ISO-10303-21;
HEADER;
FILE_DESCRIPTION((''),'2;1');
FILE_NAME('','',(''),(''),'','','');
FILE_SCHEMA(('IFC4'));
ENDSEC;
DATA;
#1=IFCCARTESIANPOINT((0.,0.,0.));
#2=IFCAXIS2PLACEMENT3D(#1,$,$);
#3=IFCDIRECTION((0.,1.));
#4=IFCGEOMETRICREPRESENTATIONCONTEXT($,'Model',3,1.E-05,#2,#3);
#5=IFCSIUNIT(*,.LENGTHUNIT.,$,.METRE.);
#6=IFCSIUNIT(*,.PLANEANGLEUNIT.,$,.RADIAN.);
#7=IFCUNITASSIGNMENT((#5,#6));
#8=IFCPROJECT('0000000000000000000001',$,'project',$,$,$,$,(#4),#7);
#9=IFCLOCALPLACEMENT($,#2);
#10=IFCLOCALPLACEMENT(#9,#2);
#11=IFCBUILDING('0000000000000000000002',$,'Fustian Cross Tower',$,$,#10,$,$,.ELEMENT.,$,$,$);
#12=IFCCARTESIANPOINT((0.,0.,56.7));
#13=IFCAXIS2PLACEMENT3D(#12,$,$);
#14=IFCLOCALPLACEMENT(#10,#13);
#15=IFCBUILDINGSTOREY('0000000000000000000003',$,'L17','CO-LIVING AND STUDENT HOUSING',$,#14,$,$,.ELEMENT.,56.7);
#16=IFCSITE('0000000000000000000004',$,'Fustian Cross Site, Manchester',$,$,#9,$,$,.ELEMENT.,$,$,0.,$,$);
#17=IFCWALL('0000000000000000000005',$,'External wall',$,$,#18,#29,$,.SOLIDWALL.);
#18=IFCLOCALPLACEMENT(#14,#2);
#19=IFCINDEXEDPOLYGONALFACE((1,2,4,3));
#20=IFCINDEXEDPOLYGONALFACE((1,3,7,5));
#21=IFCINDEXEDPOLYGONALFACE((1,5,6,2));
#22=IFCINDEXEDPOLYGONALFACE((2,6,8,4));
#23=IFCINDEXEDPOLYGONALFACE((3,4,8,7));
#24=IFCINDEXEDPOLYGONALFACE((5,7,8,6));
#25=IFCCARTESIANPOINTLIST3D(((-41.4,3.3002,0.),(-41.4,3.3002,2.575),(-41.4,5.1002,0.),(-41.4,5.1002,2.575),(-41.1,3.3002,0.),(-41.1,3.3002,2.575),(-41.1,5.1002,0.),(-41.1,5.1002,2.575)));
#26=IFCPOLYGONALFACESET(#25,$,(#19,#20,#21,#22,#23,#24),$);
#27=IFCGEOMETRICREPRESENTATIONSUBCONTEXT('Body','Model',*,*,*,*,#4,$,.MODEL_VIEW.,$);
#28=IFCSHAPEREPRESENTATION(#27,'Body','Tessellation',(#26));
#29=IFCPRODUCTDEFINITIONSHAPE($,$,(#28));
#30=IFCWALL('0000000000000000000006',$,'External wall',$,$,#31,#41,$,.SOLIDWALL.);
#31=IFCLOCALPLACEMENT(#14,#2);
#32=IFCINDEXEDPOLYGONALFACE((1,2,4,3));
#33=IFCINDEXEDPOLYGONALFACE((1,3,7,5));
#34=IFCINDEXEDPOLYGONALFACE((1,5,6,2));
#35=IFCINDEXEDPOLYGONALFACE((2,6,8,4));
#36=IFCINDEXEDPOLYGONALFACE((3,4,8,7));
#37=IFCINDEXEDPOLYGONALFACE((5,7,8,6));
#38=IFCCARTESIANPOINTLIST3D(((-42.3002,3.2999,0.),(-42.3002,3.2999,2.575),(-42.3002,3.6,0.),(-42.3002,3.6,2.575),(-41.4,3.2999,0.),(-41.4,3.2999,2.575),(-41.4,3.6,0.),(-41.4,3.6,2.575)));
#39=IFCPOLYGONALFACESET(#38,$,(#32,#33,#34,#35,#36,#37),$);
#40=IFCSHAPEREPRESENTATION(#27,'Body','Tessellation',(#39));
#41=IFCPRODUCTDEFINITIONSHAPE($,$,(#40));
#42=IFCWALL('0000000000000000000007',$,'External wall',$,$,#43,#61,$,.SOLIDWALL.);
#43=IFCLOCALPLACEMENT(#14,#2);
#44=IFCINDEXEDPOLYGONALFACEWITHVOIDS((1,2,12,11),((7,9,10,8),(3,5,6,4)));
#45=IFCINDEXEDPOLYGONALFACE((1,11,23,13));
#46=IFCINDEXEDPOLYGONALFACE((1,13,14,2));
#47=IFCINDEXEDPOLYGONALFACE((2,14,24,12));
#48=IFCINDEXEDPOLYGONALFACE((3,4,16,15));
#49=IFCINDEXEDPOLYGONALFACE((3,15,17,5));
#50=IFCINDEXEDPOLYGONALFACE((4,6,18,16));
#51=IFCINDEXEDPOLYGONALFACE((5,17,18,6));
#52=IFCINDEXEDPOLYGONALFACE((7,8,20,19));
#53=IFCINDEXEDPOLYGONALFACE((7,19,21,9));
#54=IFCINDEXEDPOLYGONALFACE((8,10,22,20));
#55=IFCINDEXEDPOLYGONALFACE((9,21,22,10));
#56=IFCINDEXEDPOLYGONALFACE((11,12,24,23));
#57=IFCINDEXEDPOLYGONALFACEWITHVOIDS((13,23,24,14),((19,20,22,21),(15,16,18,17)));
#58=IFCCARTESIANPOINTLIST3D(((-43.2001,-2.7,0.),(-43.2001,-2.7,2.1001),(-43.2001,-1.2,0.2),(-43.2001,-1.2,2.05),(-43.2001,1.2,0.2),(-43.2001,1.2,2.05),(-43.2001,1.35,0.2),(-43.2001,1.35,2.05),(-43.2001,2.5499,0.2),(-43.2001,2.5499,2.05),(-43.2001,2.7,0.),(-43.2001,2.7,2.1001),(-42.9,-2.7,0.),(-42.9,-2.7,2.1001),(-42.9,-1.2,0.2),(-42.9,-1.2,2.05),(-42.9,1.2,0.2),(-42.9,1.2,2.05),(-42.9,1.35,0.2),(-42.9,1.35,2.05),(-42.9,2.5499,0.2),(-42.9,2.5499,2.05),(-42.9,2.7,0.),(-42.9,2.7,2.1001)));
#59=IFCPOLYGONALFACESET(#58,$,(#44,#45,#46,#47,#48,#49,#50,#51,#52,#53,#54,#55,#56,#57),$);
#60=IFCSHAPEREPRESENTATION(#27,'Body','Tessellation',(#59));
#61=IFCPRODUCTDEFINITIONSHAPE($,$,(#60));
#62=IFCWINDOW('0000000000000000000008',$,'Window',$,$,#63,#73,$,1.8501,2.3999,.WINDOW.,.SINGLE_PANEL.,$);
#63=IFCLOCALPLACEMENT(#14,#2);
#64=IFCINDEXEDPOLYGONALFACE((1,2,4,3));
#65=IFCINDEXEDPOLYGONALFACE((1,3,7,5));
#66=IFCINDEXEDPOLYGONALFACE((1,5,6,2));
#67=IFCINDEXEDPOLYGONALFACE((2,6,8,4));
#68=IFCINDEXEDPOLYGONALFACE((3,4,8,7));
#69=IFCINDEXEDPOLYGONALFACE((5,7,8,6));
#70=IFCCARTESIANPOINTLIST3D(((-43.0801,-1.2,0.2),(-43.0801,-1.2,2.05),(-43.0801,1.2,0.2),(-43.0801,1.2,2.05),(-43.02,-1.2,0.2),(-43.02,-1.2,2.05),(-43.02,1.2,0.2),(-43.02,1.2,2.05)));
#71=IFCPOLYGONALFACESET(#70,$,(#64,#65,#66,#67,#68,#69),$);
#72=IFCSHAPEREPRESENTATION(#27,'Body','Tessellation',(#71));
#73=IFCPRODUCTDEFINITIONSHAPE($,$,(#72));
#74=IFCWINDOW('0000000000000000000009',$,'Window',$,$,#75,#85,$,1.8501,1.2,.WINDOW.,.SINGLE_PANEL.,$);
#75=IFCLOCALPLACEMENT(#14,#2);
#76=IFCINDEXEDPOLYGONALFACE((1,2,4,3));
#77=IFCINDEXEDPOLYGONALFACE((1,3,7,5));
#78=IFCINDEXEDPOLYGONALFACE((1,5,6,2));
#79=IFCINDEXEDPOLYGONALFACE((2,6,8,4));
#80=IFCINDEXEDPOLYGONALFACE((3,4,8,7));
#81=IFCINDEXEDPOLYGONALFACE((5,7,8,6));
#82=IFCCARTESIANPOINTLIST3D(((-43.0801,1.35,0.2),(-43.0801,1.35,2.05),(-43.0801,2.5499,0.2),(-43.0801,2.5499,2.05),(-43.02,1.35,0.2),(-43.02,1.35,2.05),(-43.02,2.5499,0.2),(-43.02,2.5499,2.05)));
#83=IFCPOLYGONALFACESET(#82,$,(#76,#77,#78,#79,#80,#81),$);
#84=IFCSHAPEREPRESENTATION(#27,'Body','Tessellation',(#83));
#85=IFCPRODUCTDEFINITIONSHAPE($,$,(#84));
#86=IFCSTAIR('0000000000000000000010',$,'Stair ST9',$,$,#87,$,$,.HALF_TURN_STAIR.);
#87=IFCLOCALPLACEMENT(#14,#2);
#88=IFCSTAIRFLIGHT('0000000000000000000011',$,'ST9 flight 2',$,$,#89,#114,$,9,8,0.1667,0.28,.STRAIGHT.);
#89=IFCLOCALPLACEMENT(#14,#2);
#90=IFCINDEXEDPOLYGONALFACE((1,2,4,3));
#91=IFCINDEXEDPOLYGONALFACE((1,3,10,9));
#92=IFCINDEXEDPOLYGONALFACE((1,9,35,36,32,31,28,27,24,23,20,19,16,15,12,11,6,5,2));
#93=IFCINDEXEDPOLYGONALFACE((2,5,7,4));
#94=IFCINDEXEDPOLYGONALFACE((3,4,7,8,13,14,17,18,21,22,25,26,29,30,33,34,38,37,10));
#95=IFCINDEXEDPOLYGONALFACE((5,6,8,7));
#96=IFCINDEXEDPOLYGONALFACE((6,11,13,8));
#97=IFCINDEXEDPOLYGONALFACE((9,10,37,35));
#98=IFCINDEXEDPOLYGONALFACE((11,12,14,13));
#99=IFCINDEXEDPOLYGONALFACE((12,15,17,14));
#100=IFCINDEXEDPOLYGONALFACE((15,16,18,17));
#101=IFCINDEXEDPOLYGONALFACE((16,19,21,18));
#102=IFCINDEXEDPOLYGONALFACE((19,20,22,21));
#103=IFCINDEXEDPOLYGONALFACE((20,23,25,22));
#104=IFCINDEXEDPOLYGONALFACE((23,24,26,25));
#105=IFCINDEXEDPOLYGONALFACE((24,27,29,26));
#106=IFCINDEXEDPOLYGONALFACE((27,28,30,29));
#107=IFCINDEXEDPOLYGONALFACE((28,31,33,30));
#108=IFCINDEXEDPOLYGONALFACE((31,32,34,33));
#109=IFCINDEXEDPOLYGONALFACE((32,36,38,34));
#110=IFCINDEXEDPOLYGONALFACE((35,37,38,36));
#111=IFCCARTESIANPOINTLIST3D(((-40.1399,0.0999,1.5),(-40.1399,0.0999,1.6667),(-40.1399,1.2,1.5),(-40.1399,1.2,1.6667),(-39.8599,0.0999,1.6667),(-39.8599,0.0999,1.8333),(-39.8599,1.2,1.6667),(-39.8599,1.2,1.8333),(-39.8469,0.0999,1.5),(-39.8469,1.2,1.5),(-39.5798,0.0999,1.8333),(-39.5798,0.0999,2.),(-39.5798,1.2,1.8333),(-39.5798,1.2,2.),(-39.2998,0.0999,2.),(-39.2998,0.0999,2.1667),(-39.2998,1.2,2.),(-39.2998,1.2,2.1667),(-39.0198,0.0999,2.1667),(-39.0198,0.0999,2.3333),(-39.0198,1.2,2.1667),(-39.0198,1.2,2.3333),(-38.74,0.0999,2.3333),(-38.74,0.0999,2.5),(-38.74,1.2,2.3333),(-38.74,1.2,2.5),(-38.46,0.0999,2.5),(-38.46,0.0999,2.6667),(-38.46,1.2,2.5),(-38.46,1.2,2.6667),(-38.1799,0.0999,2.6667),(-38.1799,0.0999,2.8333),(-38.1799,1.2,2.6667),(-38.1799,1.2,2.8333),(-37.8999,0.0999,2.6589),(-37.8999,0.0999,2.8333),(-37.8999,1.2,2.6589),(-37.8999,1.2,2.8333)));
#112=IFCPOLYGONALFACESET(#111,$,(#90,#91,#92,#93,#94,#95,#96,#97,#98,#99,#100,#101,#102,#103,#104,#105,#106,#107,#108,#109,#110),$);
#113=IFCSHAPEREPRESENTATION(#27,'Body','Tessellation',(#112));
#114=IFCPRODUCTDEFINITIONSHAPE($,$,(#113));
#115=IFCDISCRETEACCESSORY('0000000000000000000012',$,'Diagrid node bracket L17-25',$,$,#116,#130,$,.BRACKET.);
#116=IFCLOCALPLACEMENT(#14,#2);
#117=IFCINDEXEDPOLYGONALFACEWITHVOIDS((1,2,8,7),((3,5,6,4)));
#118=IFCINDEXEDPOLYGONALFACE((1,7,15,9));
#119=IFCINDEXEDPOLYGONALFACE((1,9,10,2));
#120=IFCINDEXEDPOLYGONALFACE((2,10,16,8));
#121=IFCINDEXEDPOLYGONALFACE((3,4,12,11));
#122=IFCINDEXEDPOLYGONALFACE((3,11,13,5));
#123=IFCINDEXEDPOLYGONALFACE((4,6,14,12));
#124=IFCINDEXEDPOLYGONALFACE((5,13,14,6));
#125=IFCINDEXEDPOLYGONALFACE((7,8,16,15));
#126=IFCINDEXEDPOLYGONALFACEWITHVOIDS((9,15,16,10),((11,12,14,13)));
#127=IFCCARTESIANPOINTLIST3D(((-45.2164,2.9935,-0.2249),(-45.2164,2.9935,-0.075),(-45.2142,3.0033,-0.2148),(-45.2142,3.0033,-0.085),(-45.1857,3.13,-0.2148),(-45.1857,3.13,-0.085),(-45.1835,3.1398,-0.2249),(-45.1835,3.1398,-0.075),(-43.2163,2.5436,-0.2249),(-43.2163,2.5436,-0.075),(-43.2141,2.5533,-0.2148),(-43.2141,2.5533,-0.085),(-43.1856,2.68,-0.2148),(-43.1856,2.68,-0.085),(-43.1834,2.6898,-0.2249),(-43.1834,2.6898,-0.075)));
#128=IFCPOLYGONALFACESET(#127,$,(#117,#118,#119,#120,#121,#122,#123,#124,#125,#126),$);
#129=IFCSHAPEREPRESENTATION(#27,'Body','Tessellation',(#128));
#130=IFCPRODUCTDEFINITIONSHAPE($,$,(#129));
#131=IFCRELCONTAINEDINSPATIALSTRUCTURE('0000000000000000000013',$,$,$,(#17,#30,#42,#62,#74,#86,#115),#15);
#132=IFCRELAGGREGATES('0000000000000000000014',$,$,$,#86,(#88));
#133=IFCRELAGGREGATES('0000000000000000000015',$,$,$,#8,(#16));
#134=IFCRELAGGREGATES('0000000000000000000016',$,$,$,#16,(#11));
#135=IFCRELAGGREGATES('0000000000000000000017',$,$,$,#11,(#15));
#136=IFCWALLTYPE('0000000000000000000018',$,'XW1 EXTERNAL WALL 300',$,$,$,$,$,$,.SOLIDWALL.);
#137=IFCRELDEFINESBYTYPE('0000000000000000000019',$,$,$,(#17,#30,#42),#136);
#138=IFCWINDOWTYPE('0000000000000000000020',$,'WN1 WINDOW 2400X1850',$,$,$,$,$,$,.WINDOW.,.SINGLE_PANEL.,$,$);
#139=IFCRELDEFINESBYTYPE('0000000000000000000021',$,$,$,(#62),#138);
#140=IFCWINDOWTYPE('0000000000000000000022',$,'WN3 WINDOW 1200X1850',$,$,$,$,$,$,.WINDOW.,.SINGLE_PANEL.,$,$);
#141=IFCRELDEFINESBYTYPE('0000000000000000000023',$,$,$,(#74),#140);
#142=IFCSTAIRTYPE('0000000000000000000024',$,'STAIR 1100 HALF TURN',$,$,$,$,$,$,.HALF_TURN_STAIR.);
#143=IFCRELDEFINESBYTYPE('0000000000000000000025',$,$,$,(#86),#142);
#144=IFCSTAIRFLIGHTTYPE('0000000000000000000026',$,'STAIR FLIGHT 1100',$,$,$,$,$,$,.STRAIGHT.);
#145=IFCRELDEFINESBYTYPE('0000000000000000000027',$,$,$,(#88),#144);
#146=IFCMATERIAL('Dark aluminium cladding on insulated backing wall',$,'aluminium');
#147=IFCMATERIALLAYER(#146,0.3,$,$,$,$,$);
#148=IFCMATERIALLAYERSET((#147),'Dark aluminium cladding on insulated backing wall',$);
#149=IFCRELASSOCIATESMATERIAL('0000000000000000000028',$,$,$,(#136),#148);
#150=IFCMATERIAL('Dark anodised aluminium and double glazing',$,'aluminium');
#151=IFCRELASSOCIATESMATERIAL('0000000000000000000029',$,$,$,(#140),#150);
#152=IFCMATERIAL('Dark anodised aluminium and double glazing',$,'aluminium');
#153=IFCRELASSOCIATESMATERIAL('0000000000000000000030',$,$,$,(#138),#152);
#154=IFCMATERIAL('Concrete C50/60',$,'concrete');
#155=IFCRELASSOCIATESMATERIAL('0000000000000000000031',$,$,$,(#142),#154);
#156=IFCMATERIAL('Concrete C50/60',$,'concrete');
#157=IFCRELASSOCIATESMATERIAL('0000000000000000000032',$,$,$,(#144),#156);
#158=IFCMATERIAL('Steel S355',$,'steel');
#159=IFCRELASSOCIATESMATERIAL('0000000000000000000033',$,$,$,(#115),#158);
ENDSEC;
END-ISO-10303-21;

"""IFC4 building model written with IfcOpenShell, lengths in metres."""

from ifc_helpers import new_model, si_unit, direction, frame, frame_2d, origin, origin_2d, place, context, subcontext, project, spatial, polyline, rectangle, hollow_rectangle, outline, extrude, material, layer, layer_set, type_object, element, fill, aggregate, save


model = new_model("IFC4")

# Units and contexts
model_context = context("Model", 3, precision=1e-05, world=origin(), true_north=direction((0.0, 1.0)))
body_context = subcontext(model_context, "Body", "Model", "MODEL_VIEW")
ifc_project = project(units=[si_unit("LENGTHUNIT", "METRE"), si_unit("PLANEANGLEUNIT", "RADIAN")], contexts=[model_context])

# Site, building, storey
site_placement = place(None, origin())
site = spatial("IfcSite", under=ifc_project, at=site_placement, Name="Fustian Cross Site, Manchester", CompositionType="ELEMENT", RefElevation=0.0)
building_placement = place(site_placement, origin())
building = spatial("IfcBuilding", under=site, at=building_placement, Name="Fustian Cross Tower", CompositionType="ELEMENT")
storey_placement = place(building_placement, frame((0.0, 0.0, 56.7)))
storey = spatial("IfcBuildingStorey", under=building, at=storey_placement, Name="L17", Description="CO-LIVING AND STUDENT HOUSING", CompositionType="ELEMENT", Elevation=56.7)

# Shared definitions
ifc_material_1 = material(Name="Dark aluminium cladding on insulated backing wall", Category="aluminium")
ifc_layer_1 = layer(ifc_material_1, 0.3)
ifc_layer_set_1 = layer_set([ifc_layer_1], Name="Dark aluminium cladding on insulated backing wall")
wall_type_1 = type_object("IfcWallType", Name="XW1 EXTERNAL WALL 300", PredefinedType="SOLIDWALL", material=ifc_layer_set_1)

# Shared definitions
ifc_material_2 = material(Name="Dark anodised aluminium and double glazing", Category="aluminium")
window_type_1 = type_object("IfcWindowType", Name="WN3 WINDOW 1200X1850", PartitioningType="SINGLE_PANEL", PredefinedType="WINDOW", material=ifc_material_2)

# Walls
wall_1_placement = place(storey_placement, frame((-41.25, 5.1001, 0.0), z_axis=(0.0, 0.0, 1.0), x_axis=(0.0, -1.0, 0.0)))
element("IfcWall", 1, at=wall_1_placement, inside=storey, type_object=wall_type_1, Name="External wall", PredefinedType="SOLIDWALL", context=body_context, shape_type="SweptSolid", body=[
    extrude(rectangle(XDim=1.8, YDim=0.3, at=frame_2d((0.8999, 0.0))), origin(), (0.0, 0.0, 1.0), 2.575),
])
wall_2_placement = place(storey_placement, frame((-41.3999, 3.45, 0.0), z_axis=(0.0, 0.0, 1.0), x_axis=(-1.0, 0.0, 0.0)))
element("IfcWall", 2, at=wall_2_placement, inside=storey, type_object=wall_type_1, Name="External wall", PredefinedType="SOLIDWALL", context=body_context, shape_type="SweptSolid", body=[
    extrude(rectangle(XDim=0.9001, YDim=0.3, at=frame_2d((0.4502, 0.0))), origin(), (0.0, 0.0, 1.0), 2.575),
])

# Wall, openings, windows
wall_3_placement = place(storey_placement, frame((-43.05, 2.7, 0.0), z_axis=(0.0, 0.0, 1.0), x_axis=(0.0, -1.0, 0.0)))
wall_3 = element("IfcWall", 3, at=wall_3_placement, inside=storey, type_object=wall_type_1, Name="External wall", PredefinedType="SOLIDWALL", context=body_context, shape_type="SweptSolid", body=[
    extrude(rectangle(XDim=5.3999, YDim=0.3, at=frame_2d((2.7, 0.0))), origin(), (0.0, 0.0, 1.0), 2.1001),
])
opening_1_placement = place(wall_3_placement, frame((1.5, 0.0, 0.2)))
opening_1 = element("IfcOpeningElement", 4, at=opening_1_placement, cuts=wall_3, PredefinedType="OPENING", context=body_context, shape_type="SweptSolid", body=[
    extrude(rectangle(XDim=2.3999, YDim=1.8501, at=frame_2d((1.2, 0.925))), frame((0.0, 0.1599, 0.0), z_axis=(0.0, -1.0, 0.0), x_axis=(1.0, 0.0, 0.0)), (0.0, 0.0, 1.0), 0.3201),
])
opening_2_placement = place(wall_3_placement, frame((0.1499, 0.0, 0.2)))
opening_2 = element("IfcOpeningElement", 5, at=opening_2_placement, cuts=wall_3, PredefinedType="OPENING", context=body_context, shape_type="SweptSolid", body=[
    extrude(rectangle(XDim=1.2, YDim=1.8501, at=frame_2d((0.6001, 0.925))), frame((0.0, 0.1599, 0.0), z_axis=(0.0, -1.0, 0.0), x_axis=(1.0, 0.0, 0.0)), (0.0, 0.0, 1.0), 0.3201),
])
ifc_material_3 = material(Name="Dark anodised aluminium and double glazing", Category="aluminium")
window_type_2 = type_object("IfcWindowType", Name="WN1 WINDOW 2400X1850", PartitioningType="SINGLE_PANEL", PredefinedType="WINDOW", material=ifc_material_3)
window_1_placement = place(opening_1_placement, origin())
window_1 = element("IfcWindow", 6, at=window_1_placement, inside=storey, type_object=window_type_2, Name="Window", OverallHeight=1.8501, OverallWidth=2.3999, PartitioningType="SINGLE_PANEL", PredefinedType="WINDOW", context=body_context, shape_type="SweptSolid", body=[
    extrude(rectangle(XDim=2.3999, YDim=1.8501, at=frame_2d((1.2, 0.925))), frame((0.0, 0.03, 0.0), z_axis=(0.0, -1.0, 0.0), x_axis=(1.0, 0.0, 0.0)), (0.0, 0.0, 1.0), 0.0601),
])
fill(opening_1, window_1)
window_2_placement = place(opening_2_placement, origin())
window_2 = element("IfcWindow", 7, at=window_2_placement, inside=storey, type_object=window_type_1, Name="Window", OverallHeight=1.8501, OverallWidth=1.2, PartitioningType="SINGLE_PANEL", PredefinedType="WINDOW", context=body_context, shape_type="SweptSolid", body=[
    extrude(rectangle(XDim=1.2, YDim=1.8501, at=frame_2d((0.6001, 0.925))), frame((0.0, 0.03, 0.0), z_axis=(0.0, -1.0, 0.0), x_axis=(1.0, 0.0, 0.0)), (0.0, 0.0, 1.0), 0.0601),
])
fill(opening_2, window_2)

# Stair, stair flight
ifc_material_4 = material(Name="Concrete C50/60", Category="concrete")
stair_type = type_object("IfcStairType", Name="STAIR 1100 HALF TURN", PredefinedType="HALF_TURN_STAIR", material=ifc_material_4)
stair_placement = place(storey_placement, origin())
stair = element("IfcStair", 8, at=stair_placement, inside=storey, type_object=stair_type, Name="Stair ST9", PredefinedType="HALF_TURN_STAIR")
ifc_material_5 = material(Name="Concrete C50/60", Category="concrete")
stair_flight_type = type_object("IfcStairFlightType", Name="STAIR FLIGHT 1100", PredefinedType="STRAIGHT", material=ifc_material_5)
stair_flight_placement = place(storey_placement, frame((-40.1399, 0.6499, 1.5), z_axis=(0.0, 0.0, 1.0), x_axis=(1.0, 0.0, 0.0)))
stair_flight = element("IfcStairFlight", 9, at=stair_flight_placement, type_object=stair_flight_type, Name="ST9 flight 2", NumberOfRisers=9, NumberOfTreads=8, PredefinedType="STRAIGHT", RiserHeight=0.1667, TreadLength=0.28, context=body_context, shape_type="SweptSolid", body=[
    extrude(outline(polyline([(0.0, 0.0), (0.0, 0.1667), (0.28, 0.1667), (0.28, 0.3333), (0.5601, 0.3333), (0.5601, 0.5), (0.8401, 0.5), (0.8401, 0.6667), (1.1201, 0.6667), (1.1201, 0.8333), (1.3999, 0.8333), (1.3999, 1.0), (1.6799, 1.0), (1.6799, 1.1667), (1.96, 1.1667), (1.96, 1.3333), (2.24, 1.3333), (2.24, 1.5), (2.24, 1.1589), (0.293, 0.0), (0.0, 0.0)])), frame((0.0, 0.55, 0.0), z_axis=(0.0, -1.0, 0.0), x_axis=(1.0, 0.0, 0.0)), (0.0, 0.0, 1.0), 1.1001),
])
aggregate(stair, [stair_flight])

# Discrete accessory
ifc_material_6 = material(Name="Steel S355", Category="steel")
discrete_accessory_placement = place(storey_placement, frame((-45.2, 3.0667, -0.1499), z_axis=(0.975615, -0.21949, 0.0), x_axis=(0.21949, 0.975615, 0.0)))
element("IfcDiscreteAccessory", 10, at=discrete_accessory_placement, inside=storey, material=ifc_material_6, Name="Diagrid node bracket L17-25", PredefinedType="BRACKET", context=body_context, shape_type="SweptSolid", body=[
    extrude(hollow_rectangle(XDim=0.1499, YDim=0.1499, WallThickness=0.01, at=origin_2d()), origin(), (0.0, 0.0, 1.0), 2.05),
])

save(model, "model.ifc")
